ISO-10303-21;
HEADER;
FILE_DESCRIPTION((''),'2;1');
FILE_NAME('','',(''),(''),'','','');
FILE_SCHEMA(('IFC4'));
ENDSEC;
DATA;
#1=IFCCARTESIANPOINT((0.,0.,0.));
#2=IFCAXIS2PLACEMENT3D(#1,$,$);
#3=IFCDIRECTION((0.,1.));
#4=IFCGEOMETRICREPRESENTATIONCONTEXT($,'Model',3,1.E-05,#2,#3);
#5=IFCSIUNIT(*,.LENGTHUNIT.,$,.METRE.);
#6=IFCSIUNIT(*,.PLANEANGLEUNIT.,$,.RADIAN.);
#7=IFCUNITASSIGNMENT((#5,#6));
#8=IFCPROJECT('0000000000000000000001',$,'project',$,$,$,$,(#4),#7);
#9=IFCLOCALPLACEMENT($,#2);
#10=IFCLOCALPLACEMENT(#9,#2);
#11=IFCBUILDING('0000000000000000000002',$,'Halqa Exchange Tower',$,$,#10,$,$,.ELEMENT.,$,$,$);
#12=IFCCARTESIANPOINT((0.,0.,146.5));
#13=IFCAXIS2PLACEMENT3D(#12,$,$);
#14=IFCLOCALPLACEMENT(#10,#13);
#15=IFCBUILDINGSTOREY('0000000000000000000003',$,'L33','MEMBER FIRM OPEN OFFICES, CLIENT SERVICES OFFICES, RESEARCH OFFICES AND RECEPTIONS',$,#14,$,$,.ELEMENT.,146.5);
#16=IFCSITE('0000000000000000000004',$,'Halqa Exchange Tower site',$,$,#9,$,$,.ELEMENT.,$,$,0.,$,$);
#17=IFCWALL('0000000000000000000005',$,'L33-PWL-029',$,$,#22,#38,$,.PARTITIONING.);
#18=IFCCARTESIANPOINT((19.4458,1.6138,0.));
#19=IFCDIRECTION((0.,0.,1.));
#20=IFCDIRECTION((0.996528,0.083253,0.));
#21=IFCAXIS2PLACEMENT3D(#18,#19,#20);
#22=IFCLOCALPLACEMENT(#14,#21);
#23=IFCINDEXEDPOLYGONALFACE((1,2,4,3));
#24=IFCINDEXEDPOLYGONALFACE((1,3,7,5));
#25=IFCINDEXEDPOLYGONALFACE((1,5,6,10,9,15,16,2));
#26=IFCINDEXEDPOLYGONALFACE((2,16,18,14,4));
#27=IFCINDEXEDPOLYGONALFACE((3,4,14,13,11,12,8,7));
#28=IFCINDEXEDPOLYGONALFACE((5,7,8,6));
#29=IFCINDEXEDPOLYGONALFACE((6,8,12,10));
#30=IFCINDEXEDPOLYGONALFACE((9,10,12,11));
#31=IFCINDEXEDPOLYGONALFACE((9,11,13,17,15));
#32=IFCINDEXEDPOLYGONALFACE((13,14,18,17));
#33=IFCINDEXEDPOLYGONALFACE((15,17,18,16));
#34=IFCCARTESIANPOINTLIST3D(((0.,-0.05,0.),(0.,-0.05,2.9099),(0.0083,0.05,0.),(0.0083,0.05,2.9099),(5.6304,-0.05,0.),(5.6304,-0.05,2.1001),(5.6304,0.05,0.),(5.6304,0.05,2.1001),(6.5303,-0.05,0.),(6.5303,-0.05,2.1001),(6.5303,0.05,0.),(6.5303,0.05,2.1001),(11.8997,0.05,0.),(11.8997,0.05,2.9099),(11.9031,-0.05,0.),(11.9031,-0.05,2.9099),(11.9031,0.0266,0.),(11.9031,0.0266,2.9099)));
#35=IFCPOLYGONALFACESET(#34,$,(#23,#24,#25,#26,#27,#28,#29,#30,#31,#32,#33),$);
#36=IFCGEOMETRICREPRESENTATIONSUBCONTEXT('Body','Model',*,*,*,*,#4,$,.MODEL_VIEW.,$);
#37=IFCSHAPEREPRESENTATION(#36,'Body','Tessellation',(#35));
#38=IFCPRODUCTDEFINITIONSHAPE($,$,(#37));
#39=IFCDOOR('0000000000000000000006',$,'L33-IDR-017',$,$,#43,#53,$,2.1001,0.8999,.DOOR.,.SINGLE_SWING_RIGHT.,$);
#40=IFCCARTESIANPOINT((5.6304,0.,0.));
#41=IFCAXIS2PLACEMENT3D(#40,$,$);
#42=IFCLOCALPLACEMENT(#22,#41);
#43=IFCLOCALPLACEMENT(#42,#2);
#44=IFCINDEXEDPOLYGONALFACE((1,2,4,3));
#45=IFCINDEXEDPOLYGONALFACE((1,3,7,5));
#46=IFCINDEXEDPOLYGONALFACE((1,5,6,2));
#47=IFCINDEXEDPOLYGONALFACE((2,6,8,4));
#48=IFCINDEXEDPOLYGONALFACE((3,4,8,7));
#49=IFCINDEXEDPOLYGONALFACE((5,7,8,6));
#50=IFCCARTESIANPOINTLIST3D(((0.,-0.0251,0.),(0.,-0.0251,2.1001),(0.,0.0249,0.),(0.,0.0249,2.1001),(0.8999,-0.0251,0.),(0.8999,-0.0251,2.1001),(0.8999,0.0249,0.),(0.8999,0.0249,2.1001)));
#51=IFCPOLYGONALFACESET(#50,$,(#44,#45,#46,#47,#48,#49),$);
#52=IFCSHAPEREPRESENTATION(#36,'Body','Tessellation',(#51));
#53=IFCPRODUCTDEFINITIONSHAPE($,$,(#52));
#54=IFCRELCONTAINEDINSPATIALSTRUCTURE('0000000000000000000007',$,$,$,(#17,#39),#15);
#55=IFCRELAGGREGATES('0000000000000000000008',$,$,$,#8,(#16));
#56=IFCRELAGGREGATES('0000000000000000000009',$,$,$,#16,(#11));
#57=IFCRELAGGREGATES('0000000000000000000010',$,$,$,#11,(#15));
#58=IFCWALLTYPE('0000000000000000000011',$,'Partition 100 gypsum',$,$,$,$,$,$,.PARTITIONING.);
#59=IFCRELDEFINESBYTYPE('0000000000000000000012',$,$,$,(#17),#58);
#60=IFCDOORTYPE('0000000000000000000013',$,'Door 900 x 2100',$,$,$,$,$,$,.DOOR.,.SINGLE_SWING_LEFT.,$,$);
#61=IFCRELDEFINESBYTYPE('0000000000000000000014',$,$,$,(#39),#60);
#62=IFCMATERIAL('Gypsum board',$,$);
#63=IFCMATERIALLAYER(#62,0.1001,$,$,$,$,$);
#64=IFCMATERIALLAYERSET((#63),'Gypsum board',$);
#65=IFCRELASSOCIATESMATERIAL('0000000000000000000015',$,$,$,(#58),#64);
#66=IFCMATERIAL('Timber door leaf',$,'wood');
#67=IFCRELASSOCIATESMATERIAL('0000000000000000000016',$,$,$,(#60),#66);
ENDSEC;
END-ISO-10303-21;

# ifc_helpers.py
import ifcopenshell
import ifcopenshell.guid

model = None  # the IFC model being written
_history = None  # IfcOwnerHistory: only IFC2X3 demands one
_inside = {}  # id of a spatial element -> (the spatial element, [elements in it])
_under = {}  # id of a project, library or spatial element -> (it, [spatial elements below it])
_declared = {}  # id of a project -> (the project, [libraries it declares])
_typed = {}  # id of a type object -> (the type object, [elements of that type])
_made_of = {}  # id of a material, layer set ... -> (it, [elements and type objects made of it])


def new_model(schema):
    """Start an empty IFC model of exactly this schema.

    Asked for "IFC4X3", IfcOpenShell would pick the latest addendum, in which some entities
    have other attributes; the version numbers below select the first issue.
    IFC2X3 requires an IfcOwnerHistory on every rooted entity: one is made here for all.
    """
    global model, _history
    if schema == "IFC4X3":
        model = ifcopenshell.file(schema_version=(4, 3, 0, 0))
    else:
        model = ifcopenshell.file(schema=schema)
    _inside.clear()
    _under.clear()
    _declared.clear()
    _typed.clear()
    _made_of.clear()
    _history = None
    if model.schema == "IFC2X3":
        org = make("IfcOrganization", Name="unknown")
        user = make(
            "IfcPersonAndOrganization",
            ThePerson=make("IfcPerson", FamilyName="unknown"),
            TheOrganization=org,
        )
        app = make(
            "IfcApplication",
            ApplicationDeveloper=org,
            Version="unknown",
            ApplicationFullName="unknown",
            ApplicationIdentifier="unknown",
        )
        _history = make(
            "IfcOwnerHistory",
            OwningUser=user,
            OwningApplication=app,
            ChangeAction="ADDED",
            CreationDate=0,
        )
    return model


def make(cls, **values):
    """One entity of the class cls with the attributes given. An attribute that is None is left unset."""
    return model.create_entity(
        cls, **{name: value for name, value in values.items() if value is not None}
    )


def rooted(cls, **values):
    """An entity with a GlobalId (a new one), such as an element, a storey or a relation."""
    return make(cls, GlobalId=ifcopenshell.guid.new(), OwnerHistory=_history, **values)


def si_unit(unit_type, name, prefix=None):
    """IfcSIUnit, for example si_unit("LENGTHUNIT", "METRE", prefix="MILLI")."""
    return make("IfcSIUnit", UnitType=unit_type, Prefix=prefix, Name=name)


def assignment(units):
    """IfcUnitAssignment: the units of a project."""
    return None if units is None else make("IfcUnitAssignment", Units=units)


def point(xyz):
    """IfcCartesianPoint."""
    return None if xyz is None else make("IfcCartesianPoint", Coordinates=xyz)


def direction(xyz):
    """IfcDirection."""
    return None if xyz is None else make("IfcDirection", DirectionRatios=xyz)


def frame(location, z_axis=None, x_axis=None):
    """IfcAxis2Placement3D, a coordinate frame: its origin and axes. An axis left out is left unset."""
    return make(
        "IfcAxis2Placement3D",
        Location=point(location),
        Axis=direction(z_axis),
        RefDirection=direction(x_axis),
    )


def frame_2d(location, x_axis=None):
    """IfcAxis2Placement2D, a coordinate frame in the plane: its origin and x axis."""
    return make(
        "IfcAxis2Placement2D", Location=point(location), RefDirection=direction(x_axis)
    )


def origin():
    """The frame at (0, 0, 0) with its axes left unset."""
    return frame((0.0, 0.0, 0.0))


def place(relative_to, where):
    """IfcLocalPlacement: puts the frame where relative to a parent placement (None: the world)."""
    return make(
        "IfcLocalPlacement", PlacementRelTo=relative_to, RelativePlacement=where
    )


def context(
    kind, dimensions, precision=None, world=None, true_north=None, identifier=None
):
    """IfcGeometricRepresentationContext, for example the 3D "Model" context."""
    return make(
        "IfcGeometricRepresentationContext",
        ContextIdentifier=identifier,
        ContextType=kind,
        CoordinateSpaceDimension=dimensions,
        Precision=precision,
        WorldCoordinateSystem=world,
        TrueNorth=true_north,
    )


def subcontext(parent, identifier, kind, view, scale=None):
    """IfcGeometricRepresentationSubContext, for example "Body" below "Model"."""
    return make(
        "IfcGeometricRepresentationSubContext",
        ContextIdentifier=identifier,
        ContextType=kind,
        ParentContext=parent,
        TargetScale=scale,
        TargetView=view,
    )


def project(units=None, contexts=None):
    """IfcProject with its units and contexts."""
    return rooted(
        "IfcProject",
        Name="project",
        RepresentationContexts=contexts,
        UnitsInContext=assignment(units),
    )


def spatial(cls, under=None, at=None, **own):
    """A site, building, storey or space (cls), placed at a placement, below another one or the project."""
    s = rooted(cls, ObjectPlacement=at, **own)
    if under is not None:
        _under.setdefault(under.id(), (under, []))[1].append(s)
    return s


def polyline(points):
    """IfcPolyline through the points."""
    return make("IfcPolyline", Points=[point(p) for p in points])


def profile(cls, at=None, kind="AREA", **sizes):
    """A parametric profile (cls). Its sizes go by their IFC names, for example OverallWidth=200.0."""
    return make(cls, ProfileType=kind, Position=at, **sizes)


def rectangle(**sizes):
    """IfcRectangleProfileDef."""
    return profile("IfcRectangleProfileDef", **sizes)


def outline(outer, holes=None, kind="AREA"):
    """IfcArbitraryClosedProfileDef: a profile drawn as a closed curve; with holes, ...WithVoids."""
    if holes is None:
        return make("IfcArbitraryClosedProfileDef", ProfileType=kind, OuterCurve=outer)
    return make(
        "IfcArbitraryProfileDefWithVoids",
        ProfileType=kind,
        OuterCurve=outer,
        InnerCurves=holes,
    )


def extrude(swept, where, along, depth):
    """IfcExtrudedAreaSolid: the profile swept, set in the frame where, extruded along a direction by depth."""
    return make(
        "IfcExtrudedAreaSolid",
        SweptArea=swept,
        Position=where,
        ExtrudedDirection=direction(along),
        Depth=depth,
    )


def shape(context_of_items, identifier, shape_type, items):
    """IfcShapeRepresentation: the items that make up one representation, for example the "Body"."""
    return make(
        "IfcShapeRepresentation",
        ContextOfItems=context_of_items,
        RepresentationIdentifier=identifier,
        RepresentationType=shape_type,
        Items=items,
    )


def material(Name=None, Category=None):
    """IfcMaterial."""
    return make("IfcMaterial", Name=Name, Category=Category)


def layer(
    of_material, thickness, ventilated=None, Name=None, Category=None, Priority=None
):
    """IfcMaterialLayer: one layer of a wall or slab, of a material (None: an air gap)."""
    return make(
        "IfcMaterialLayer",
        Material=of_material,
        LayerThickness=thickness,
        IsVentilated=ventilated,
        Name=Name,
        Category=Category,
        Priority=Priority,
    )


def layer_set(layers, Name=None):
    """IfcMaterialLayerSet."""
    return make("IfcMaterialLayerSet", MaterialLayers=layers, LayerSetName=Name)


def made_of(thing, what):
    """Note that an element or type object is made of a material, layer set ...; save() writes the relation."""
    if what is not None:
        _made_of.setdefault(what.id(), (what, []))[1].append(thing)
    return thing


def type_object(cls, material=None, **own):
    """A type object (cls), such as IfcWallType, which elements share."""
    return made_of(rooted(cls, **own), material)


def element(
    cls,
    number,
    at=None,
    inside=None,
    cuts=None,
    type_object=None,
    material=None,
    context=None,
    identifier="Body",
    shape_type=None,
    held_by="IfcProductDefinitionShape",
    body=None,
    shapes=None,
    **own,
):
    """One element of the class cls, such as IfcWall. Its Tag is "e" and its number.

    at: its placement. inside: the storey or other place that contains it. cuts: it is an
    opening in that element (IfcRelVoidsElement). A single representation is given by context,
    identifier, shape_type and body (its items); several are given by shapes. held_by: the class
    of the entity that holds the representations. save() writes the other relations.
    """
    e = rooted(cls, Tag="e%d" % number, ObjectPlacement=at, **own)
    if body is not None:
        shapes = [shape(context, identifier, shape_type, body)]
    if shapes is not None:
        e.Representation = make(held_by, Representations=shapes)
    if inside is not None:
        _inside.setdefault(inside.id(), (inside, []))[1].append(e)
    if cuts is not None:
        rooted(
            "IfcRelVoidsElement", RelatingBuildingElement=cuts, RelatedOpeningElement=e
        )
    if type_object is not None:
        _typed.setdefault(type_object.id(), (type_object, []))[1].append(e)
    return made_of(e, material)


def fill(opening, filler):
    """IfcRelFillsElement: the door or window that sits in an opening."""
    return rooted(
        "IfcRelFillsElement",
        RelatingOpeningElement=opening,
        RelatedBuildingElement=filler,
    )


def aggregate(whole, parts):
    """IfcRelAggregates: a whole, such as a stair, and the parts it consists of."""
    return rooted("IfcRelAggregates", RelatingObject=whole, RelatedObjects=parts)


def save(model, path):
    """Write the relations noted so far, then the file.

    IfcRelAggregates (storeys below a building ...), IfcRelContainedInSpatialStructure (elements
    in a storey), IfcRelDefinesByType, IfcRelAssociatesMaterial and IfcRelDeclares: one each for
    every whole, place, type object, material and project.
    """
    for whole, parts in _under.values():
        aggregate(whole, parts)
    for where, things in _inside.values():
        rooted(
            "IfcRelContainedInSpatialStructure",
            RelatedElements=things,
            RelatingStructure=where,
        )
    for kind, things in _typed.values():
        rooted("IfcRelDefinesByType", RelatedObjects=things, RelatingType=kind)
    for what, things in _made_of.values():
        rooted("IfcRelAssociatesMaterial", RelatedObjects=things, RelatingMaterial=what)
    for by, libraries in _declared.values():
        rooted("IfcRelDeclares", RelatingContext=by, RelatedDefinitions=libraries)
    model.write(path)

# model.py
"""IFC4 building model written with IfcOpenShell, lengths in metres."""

from ifc_helpers import new_model, si_unit, direction, frame, frame_2d, origin, place, context, subcontext, project, spatial, polyline, rectangle, outline, extrude, material, layer, layer_set, type_object, element, fill, save


model = new_model("IFC4")

# Units and contexts
model_context = context("Model", 3, precision=1e-05, world=origin(), true_north=direction((0.0, 1.0)))
body_context = subcontext(model_context, "Body", "Model", "MODEL_VIEW")
ifc_project = project(units=[si_unit("LENGTHUNIT", "METRE"), si_unit("PLANEANGLEUNIT", "RADIAN")], contexts=[model_context])

# Site, building, storey
site_placement = place(None, origin())
site = spatial("IfcSite", under=ifc_project, at=site_placement, Name="Halqa Exchange Tower site", CompositionType="ELEMENT", RefElevation=0.0)
building_placement = place(site_placement, origin())
building = spatial("IfcBuilding", under=site, at=building_placement, Name="Halqa Exchange Tower", CompositionType="ELEMENT")
storey_placement = place(building_placement, frame((0.0, 0.0, 146.5)))
storey = spatial("IfcBuildingStorey", under=building, at=storey_placement, Name="L33", Description="MEMBER FIRM OPEN OFFICES, CLIENT SERVICES OFFICES, RESEARCH OFFICES AND RECEPTIONS", CompositionType="ELEMENT", Elevation=146.5)

# Shared definitions
ifc_material_1 = material(Name="Gypsum board")
ifc_layer_1 = layer(ifc_material_1, 0.1001)
ifc_layer_set_1 = layer_set([ifc_layer_1], Name="Gypsum board")
wall_type_1 = type_object("IfcWallType", Name="Partition 100 gypsum", PredefinedType="PARTITIONING", material=ifc_layer_set_1)

# Wall, opening, door
wall_1_placement = place(storey_placement, frame((19.4458, 1.6138, 0.0), z_axis=(0.0, 0.0, 1.0), x_axis=(0.996528, 0.083253, 0.0)))
wall_1 = element("IfcWall", 1, at=wall_1_placement, inside=storey, type_object=wall_type_1, Name="L33-PWL-029", PredefinedType="PARTITIONING", context=body_context, shape_type="SweptSolid", body=[
    extrude(outline(polyline([(0.0, -0.05), (1.9839, -0.05), (3.9678, -0.05), (5.9517, -0.05), (7.9353, -0.05), (9.9192, -0.05), (11.9031, -0.05), (11.9031, -0.0498), (11.9031, 0.0266), (11.8997, 0.05), (9.9177, 0.05), (7.9358, 0.05), (5.9541, 0.05), (3.9722, 0.05), (1.9902, 0.05), (0.0083, 0.05), (0.0, -0.05)])), origin(), (0.0, 0.0, 1.0), 2.9099),
])
opening_1_placement = place(wall_1_placement, frame((5.6304, 0.0, 0.0)))
opening_1 = element("IfcOpeningElement", 2, at=opening_1_placement, cuts=wall_1, PredefinedType="OPENING", context=body_context, shape_type="SweptSolid", body=[
    extrude(rectangle(XDim=0.8999, YDim=2.1001, at=frame_2d((0.45, 1.05))), frame((0.0, 0.062, 0.0), z_axis=(0.0, -1.0, 0.0), x_axis=(1.0, 0.0, 0.0)), (0.0, 0.0, 1.0), 0.124),
])
ifc_material_2 = material(Name="Timber door leaf", Category="wood")
door_type = type_object("IfcDoorType", Name="Door 900 x 2100", OperationType="SINGLE_SWING_LEFT", PredefinedType="DOOR", material=ifc_material_2)
door_placement = place(opening_1_placement, origin())
door = element("IfcDoor", 3, at=door_placement, inside=storey, type_object=door_type, Name="L33-IDR-017", OperationType="SINGLE_SWING_RIGHT", OverallHeight=2.1001, OverallWidth=0.8999, PredefinedType="DOOR", context=body_context, shape_type="SweptSolid", body=[
    extrude(rectangle(XDim=0.8999, YDim=2.1001, at=frame_2d((0.45, 1.05))), frame((0.0, 0.0249, 0.0), z_axis=(0.0, -1.0, 0.0), x_axis=(1.0, 0.0, 0.0)), (0.0, 0.0, 1.0), 0.05),
])
fill(opening_1, door)

save(model, "model.ifc")
